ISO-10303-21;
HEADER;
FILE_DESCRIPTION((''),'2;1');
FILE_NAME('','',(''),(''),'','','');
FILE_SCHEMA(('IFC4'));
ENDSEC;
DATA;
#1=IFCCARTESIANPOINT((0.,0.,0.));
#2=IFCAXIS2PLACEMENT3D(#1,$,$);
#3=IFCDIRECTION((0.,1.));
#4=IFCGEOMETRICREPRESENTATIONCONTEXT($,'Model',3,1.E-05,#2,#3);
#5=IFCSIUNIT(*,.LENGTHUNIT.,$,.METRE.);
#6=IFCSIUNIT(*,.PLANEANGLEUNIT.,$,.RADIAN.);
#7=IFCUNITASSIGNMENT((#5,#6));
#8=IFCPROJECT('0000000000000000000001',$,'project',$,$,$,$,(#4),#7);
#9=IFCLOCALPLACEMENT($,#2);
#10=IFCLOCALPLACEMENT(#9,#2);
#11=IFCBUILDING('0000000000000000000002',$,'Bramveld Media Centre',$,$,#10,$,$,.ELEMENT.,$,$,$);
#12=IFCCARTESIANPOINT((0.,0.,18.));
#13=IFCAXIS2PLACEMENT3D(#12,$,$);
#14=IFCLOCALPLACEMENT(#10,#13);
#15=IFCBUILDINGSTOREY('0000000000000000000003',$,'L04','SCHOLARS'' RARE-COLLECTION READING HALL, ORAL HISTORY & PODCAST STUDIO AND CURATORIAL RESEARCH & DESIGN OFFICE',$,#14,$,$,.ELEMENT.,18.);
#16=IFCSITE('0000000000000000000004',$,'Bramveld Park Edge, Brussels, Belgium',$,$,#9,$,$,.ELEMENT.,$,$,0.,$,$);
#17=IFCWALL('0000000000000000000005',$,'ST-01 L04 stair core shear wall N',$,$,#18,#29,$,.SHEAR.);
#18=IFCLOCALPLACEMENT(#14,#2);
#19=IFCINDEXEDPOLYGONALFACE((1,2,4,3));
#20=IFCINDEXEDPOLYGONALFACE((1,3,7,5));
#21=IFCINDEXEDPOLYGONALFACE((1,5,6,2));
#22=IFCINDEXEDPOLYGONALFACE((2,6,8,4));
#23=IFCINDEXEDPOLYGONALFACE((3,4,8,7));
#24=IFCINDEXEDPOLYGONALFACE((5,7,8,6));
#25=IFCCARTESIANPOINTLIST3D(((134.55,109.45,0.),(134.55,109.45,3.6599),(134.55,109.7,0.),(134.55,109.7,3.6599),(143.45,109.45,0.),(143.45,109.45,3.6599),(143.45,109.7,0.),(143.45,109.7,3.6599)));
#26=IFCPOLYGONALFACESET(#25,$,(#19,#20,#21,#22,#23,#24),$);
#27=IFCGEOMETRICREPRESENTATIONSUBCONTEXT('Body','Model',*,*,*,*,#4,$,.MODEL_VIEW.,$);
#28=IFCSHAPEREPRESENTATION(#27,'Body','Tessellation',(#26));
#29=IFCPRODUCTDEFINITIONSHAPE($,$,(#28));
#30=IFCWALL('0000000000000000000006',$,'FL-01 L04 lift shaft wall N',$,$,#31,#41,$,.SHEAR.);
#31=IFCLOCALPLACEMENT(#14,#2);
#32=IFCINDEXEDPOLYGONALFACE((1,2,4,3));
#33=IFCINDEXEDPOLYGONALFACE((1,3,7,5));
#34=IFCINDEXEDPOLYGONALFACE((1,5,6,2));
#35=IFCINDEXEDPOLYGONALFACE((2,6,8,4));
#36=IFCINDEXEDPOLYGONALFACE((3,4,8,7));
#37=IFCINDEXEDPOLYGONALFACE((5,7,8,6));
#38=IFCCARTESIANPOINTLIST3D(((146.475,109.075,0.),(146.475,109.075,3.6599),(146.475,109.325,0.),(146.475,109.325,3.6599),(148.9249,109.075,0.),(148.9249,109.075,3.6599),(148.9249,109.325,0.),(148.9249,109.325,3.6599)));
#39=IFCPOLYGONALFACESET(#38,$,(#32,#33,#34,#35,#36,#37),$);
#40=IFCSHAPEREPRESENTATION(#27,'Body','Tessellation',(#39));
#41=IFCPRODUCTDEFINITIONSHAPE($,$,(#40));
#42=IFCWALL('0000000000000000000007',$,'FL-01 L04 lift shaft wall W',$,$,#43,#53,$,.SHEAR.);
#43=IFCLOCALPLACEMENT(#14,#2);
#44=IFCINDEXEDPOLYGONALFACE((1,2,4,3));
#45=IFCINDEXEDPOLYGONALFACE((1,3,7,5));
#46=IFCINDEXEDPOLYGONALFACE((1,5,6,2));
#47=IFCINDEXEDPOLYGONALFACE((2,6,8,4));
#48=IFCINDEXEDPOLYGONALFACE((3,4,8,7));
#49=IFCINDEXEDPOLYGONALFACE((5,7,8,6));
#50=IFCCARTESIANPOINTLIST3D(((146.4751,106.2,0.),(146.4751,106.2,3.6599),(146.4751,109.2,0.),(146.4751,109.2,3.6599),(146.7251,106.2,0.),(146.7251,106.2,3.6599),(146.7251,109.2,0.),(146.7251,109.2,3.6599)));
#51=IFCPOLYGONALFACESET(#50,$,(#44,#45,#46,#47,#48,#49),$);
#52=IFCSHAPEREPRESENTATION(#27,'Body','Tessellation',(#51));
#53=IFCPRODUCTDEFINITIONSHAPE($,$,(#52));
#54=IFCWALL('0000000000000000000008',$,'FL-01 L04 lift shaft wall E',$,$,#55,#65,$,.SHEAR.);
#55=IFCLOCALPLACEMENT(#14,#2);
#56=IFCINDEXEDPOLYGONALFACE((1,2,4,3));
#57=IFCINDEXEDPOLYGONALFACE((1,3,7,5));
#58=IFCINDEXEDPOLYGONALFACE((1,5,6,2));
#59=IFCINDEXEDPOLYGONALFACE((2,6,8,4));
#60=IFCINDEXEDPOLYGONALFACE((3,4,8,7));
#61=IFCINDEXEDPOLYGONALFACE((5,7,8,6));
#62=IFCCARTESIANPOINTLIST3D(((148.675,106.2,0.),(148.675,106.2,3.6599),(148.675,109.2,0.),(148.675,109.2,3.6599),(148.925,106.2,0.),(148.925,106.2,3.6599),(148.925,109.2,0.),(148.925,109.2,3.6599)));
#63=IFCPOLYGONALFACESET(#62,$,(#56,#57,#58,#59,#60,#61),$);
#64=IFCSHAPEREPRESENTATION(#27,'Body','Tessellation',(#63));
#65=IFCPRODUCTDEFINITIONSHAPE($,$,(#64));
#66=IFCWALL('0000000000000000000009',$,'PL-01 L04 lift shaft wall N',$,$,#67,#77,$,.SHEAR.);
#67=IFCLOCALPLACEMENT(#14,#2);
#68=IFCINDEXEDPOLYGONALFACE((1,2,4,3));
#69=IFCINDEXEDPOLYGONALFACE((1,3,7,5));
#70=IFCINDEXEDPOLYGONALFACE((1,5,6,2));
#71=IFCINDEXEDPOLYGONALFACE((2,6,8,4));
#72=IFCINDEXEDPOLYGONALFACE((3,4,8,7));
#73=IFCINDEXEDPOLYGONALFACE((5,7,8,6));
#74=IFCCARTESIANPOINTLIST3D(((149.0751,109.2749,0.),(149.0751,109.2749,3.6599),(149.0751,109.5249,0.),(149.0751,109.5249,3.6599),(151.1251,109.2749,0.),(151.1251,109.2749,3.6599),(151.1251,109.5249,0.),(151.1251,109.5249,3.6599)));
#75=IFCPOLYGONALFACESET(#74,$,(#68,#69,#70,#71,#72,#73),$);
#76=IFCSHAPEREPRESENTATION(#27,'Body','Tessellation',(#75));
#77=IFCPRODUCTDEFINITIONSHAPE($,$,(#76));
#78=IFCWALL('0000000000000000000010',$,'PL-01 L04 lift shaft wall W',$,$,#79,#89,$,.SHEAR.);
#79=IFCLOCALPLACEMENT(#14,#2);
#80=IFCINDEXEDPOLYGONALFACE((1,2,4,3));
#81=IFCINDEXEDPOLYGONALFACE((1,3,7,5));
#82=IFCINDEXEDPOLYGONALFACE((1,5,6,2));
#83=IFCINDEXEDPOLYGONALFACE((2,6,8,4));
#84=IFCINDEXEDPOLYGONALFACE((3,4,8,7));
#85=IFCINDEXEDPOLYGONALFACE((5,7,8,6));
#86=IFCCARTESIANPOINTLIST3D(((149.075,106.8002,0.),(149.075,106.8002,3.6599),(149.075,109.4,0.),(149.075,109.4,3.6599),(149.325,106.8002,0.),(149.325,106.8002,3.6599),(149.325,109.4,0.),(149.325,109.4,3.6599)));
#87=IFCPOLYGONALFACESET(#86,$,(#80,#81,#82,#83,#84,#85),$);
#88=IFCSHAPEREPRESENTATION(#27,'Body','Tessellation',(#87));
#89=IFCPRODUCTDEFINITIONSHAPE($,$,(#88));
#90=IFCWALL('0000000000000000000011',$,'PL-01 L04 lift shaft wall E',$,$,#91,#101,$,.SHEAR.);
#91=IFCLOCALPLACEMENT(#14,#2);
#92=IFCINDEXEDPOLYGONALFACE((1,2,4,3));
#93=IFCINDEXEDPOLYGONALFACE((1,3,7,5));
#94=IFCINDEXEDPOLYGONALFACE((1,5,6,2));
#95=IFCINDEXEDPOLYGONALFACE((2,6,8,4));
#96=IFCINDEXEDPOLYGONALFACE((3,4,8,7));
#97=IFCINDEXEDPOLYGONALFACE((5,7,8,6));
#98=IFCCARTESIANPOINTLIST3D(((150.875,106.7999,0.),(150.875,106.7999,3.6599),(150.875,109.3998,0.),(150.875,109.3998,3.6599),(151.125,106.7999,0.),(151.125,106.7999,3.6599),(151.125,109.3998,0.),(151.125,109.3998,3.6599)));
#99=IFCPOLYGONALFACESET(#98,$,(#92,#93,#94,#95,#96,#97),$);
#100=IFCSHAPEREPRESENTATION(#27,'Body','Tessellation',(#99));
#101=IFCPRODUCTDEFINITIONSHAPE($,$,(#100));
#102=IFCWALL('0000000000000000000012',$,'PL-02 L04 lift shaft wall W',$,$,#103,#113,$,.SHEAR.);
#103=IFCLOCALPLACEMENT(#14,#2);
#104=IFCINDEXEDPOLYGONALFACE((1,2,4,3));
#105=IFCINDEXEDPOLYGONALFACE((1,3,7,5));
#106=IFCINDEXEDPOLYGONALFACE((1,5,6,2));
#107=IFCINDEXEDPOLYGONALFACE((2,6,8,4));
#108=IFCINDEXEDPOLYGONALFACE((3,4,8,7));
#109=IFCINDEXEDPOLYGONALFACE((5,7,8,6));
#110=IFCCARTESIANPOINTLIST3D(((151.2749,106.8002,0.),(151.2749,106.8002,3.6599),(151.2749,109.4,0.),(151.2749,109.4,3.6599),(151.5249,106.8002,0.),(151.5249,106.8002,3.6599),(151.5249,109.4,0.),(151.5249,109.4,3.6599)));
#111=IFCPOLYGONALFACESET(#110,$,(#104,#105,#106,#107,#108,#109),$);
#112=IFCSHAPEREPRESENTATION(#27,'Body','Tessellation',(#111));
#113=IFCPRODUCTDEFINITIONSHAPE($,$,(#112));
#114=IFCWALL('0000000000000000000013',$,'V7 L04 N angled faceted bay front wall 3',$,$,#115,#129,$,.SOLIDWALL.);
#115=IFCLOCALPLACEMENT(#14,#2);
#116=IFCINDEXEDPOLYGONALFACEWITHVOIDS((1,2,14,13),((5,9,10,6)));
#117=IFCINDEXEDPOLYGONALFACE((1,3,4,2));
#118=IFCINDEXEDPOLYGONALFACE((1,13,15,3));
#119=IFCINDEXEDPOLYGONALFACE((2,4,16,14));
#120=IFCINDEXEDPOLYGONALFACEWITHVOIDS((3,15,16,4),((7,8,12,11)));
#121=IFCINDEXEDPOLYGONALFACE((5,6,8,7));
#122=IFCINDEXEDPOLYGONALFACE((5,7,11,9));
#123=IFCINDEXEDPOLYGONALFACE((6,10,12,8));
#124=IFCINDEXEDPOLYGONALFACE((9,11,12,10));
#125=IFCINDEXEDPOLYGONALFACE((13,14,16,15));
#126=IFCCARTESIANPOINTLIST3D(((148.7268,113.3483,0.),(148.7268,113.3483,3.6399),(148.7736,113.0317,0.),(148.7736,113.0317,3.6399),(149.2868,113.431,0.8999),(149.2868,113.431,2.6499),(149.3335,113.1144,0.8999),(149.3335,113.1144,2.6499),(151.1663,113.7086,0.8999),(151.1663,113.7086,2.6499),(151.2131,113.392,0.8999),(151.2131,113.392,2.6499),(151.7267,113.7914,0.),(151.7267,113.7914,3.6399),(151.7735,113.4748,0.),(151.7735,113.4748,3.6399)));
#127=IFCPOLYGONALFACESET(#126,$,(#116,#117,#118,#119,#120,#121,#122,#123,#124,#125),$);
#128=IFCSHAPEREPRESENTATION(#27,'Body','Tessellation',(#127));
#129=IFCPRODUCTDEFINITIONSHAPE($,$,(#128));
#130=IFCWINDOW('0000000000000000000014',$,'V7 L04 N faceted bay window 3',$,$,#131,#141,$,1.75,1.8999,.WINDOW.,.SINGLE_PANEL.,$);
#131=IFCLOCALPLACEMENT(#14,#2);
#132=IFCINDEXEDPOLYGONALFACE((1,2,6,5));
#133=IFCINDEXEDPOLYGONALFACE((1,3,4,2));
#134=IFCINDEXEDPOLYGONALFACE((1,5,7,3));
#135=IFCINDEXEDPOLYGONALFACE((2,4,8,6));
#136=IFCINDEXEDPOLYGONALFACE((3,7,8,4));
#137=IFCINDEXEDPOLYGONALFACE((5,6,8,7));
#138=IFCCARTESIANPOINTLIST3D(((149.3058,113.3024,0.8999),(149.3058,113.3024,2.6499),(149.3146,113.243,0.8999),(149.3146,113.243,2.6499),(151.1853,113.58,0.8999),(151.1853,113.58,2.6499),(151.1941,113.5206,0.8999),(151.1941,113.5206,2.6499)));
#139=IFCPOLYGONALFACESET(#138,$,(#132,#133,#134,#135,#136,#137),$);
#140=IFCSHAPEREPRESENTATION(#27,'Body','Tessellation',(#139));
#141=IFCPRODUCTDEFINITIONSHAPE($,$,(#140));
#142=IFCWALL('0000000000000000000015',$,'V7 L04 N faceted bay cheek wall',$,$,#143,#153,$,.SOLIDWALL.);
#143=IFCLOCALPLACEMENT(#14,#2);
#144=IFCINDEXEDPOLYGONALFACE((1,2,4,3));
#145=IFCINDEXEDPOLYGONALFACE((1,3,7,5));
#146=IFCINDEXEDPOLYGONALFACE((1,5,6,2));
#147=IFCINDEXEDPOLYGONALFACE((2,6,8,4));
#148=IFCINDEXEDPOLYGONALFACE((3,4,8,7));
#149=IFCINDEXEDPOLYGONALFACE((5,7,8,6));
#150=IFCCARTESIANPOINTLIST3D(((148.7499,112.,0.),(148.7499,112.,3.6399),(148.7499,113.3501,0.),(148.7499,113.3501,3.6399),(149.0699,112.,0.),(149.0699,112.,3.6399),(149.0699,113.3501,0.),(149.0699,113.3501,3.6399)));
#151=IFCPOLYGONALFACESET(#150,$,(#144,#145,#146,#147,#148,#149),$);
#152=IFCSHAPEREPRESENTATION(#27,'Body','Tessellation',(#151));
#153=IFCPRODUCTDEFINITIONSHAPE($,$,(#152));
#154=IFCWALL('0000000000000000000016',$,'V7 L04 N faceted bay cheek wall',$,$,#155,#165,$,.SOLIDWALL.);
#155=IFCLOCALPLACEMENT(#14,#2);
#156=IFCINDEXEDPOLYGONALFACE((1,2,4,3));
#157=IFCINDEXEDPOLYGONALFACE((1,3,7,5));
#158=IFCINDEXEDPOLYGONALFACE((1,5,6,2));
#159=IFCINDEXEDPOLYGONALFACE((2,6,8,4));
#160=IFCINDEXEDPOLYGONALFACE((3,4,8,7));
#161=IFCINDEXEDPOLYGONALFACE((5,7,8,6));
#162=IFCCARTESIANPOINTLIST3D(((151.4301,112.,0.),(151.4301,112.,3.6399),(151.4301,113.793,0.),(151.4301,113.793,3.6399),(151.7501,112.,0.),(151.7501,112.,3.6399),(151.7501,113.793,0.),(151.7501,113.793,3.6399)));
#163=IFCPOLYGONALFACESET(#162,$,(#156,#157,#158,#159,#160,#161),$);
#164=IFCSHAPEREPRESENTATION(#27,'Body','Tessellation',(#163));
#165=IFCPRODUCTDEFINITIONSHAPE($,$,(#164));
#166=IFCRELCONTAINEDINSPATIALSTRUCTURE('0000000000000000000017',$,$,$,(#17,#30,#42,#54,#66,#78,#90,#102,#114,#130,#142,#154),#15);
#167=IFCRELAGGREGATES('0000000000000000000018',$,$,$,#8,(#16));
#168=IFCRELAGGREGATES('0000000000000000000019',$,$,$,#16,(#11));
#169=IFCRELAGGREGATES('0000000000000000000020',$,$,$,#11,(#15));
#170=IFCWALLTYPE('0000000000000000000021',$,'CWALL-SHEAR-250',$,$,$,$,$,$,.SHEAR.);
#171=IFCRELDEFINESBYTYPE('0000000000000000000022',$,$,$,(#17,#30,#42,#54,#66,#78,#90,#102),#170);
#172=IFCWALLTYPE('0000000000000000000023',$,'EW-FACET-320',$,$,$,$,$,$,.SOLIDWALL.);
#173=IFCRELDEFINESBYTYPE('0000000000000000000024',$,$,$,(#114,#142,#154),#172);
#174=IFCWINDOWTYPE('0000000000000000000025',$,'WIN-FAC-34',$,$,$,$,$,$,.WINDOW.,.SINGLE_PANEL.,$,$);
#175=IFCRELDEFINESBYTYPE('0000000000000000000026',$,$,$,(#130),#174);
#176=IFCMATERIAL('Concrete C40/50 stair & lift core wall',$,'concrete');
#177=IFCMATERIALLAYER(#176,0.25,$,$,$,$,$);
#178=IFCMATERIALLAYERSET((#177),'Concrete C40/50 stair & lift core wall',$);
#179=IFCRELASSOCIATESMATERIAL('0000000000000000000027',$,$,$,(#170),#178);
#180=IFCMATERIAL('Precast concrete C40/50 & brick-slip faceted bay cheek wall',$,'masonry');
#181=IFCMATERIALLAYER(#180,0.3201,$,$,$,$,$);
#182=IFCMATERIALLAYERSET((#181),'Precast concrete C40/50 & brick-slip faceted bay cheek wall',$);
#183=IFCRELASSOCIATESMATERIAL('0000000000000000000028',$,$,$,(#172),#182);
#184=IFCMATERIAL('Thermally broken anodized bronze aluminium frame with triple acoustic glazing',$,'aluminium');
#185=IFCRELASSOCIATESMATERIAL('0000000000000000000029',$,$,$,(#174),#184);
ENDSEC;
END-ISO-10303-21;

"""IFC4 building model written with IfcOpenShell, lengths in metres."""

from ifc_helpers import new_model, si_unit, direction, frame, frame_2d, origin, place, context, subcontext, project, spatial, rectangle, extrude, material, layer, layer_set, type_object, element, fill, save


model = new_model("IFC4")

# Units and contexts
model_context = context("Model", 3, precision=1e-05, world=origin(), true_north=direction((0.0, 1.0)))
body_context = subcontext(model_context, "Body", "Model", "MODEL_VIEW")
ifc_project = project(units=[si_unit("LENGTHUNIT", "METRE"), si_unit("PLANEANGLEUNIT", "RADIAN")], contexts=[model_context])

# Site, building, storey
site_placement = place(None, origin())
site = spatial("IfcSite", under=ifc_project, at=site_placement, Name="Bramveld Park Edge, Brussels, Belgium", CompositionType="ELEMENT", RefElevation=0.0)
building_placement = place(site_placement, origin())
building = spatial("IfcBuilding", under=site, at=building_placement, Name="Bramveld Media Centre", CompositionType="ELEMENT")
storey_placement = place(building_placement, frame((0.0, 0.0, 18.0)))
storey = spatial("IfcBuildingStorey", under=building, at=storey_placement, Name="L04", Description="SCHOLARS' RARE-COLLECTION READING HALL, ORAL HISTORY & PODCAST STUDIO AND CURATORIAL RESEARCH & DESIGN OFFICE", CompositionType="ELEMENT", Elevation=18.0)

# Wall
ifc_material_1 = material(Name="Concrete C40/50 stair & lift core wall", Category="concrete")
ifc_layer_1 = layer(ifc_material_1, 0.25)
ifc_layer_set_1 = layer_set([ifc_layer_1], Name="Concrete C40/50 stair & lift core wall")
wall_type_1 = type_object("IfcWallType", Name="CWALL-SHEAR-250", PredefinedType="SHEAR", material=ifc_layer_set_1)
wall_1_placement = place(storey_placement, frame((143.45, 109.575, 0.0), z_axis=(0.0, 0.0, 1.0), x_axis=(-1.0, 0.0, 0.0)))
element("IfcWall", 1, at=wall_1_placement, inside=storey, type_object=wall_type_1, Name="ST-01 L04 stair core shear wall N", PredefinedType="SHEAR", context=body_context, shape_type="SweptSolid", body=[
    extrude(rectangle(XDim=8.8999, YDim=0.25, at=frame_2d((4.45, 0.0))), origin(), (0.0, 0.0, 1.0), 3.6599),
])

# Walls
wall_2_placement = place(storey_placement, frame((148.925, 109.2, 0.0), z_axis=(0.0, 0.0, 1.0), x_axis=(-1.0, 0.0, 0.0)))
element("IfcWall", 2, at=wall_2_placement, inside=storey, type_object=wall_type_1, Name="FL-01 L04 lift shaft wall N", PredefinedType="SHEAR", context=body_context, shape_type="SweptSolid", body=[
    extrude(rectangle(XDim=2.45, YDim=0.25, at=frame_2d((1.2251, 0.0))), origin(), (0.0, 0.0, 1.0), 3.6599),
])
for number, where, z_axis, x_axis, name in (
    (3, (146.6001, 109.2, 0.0), (0.0, 0.0, 1.0), (0.0, -1.0, 0.0), "FL-01 L04 lift shaft wall W"),
    (4, (148.8, 106.2, 0.0), (0.0, 0.0, 1.0), (0.0, 1.0, 0.0), "FL-01 L04 lift shaft wall E"),
):
    element("IfcWall", number, at=place(storey_placement, frame(where, z_axis=z_axis, x_axis=x_axis)), inside=storey, type_object=wall_type_1, Name=name, PredefinedType="SHEAR", context=body_context, shape_type="SweptSolid", body=[
        extrude(rectangle(XDim=3.0, YDim=0.25, at=frame_2d((1.5, 0.0))), origin(), (0.0, 0.0, 1.0), 3.6599),
    ])

# Walls
wall_3_placement = place(storey_placement, frame((151.125, 109.3999, 0.0), z_axis=(0.0, 0.0, 1.0), x_axis=(-1.0, 0.0, 0.0)))
element("IfcWall", 5, at=wall_3_placement, inside=storey, type_object=wall_type_1, Name="PL-01 L04 lift shaft wall N", PredefinedType="SHEAR", context=body_context, shape_type="SweptSolid", body=[
    extrude(rectangle(XDim=2.05, YDim=0.25, at=frame_2d((1.0249, 0.0))), origin(), (0.0, 0.0, 1.0), 3.6599),
])
for number, where, z_axis, x_axis, name in (
    (6, (149.2, 109.3999, 0.0), (0.0, 0.0, 1.0), (0.0, -1.0, 0.0), "PL-01 L04 lift shaft wall W"),
    (7, (151.0, 106.8, 0.0), (0.0, 0.0, 1.0), (0.0, 1.0, 0.0), "PL-01 L04 lift shaft wall E"),
):
    element("IfcWall", number, at=place(storey_placement, frame(where, z_axis=z_axis, x_axis=x_axis)), inside=storey, type_object=wall_type_1, Name=name, PredefinedType="SHEAR", context=body_context, shape_type="SweptSolid", body=[
        extrude(rectangle(XDim=2.5999, YDim=0.25, at=frame_2d((1.2998, 0.0))), origin(), (0.0, 0.0, 1.0), 3.6599),
    ])

# Wall
wall_4_placement = place(storey_placement, frame((151.3999, 109.3999, 0.0), z_axis=(0.0, 0.0, 1.0), x_axis=(0.0, -1.0, 0.0)))
element("IfcWall", 8, at=wall_4_placement, inside=storey, type_object=wall_type_1, Name="PL-02 L04 lift shaft wall W", PredefinedType="SHEAR", context=body_context, shape_type="SweptSolid", body=[
    extrude(rectangle(XDim=2.5999, YDim=0.25, at=frame_2d((1.2998, 0.0))), origin(), (0.0, 0.0, 1.0), 3.6599),
])

# Wall, opening, window
ifc_material_2 = material(Name="Precast concrete C40/50 & brick-slip faceted bay cheek wall", Category="masonry")
ifc_layer_2 = layer(ifc_material_2, 0.3201)
ifc_layer_set_2 = layer_set([ifc_layer_2], Name="Precast concrete C40/50 & brick-slip faceted bay cheek wall")
wall_type_2 = type_object("IfcWallType", Name="EW-FACET-320", PredefinedType="SOLIDWALL", material=ifc_layer_set_2)
wall_5_placement = place(storey_placement, frame((151.75, 113.6331, 0.0), z_axis=(0.0, 0.0, 1.0), x_axis=(-0.989267, -0.14612, 0.0)))
wall_5 = element("IfcWall", 9, at=wall_5_placement, inside=storey, type_object=wall_type_2, Name="V7 L04 N angled faceted bay front wall 3", PredefinedType="SOLIDWALL", context=body_context, shape_type="SweptSolid", body=[
    extrude(rectangle(XDim=3.0325, YDim=0.3201, at=frame_2d((1.5161, 0.0))), origin(), (0.0, 0.0, 1.0), 3.6399),
])
opening_1_placement = place(wall_5_placement, frame((0.5664, 0.0, 0.8999)))
opening_1 = element("IfcOpeningElement", 10, at=opening_1_placement, cuts=wall_5, PredefinedType="OPENING", context=body_context, shape_type="SweptSolid", body=[
    extrude(rectangle(XDim=1.8999, YDim=1.75, at=frame_2d((0.95, 0.875))), frame((0.0, 0.1719, 0.0), z_axis=(0.0, -1.0, 0.0), x_axis=(1.0, 0.0, 0.0)), (0.0, 0.0, 1.0), 0.344),
])
ifc_material_3 = material(Name="Thermally broken anodized bronze aluminium frame with triple acoustic glazing", Category="aluminium")
window_type = type_object("IfcWindowType", Name="WIN-FAC-34", PartitioningType="SINGLE_PANEL", PredefinedType="WINDOW", material=ifc_material_3)
window_placement = place(opening_1_placement, origin())
window = element("IfcWindow", 11, at=window_placement, inside=storey, type_object=window_type, Name="V7 L04 N faceted bay window 3", OverallHeight=1.75, OverallWidth=1.8999, PartitioningType="SINGLE_PANEL", PredefinedType="WINDOW", context=body_context, shape_type="SweptSolid", body=[
    extrude(rectangle(XDim=1.8999, YDim=1.75, at=frame_2d((0.95, 0.875))), frame((0.0, 0.03, 0.0), z_axis=(0.0, -1.0, 0.0), x_axis=(1.0, 0.0, 0.0)), (0.0, 0.0, 1.0), 0.0601),
])
fill(opening_1, window)

# Walls
wall_6_placement = place(storey_placement, frame((148.9099, 112.0, 0.0), z_axis=(0.0, 0.0, 1.0), x_axis=(0.0, 1.0, 0.0)))
element("IfcWall", 12, at=wall_6_placement, inside=storey, type_object=wall_type_2, Name="V7 L04 N faceted bay cheek wall", PredefinedType="SOLIDWALL", context=body_context, shape_type="SweptSolid", body=[
    extrude(rectangle(XDim=1.3501, YDim=0.3201, at=frame_2d((0.675, 0.0))), origin(), (0.0, 0.0, 1.0), 3.6399),
])
wall_7_placement = place(storey_placement, frame((151.5901, 112.0, 0.0), z_axis=(0.0, 0.0, 1.0), x_axis=(0.0, 1.0, 0.0)))
element("IfcWall", 13, at=wall_7_placement, inside=storey, type_object=wall_type_2, Name="V7 L04 N faceted bay cheek wall", PredefinedType="SOLIDWALL", context=body_context, shape_type="SweptSolid", body=[
    extrude(rectangle(XDim=1.793, YDim=0.3201, at=frame_2d((0.8965, 0.0))), origin(), (0.0, 0.0, 1.0), 3.6399),
])

save(model, "model.ifc")
